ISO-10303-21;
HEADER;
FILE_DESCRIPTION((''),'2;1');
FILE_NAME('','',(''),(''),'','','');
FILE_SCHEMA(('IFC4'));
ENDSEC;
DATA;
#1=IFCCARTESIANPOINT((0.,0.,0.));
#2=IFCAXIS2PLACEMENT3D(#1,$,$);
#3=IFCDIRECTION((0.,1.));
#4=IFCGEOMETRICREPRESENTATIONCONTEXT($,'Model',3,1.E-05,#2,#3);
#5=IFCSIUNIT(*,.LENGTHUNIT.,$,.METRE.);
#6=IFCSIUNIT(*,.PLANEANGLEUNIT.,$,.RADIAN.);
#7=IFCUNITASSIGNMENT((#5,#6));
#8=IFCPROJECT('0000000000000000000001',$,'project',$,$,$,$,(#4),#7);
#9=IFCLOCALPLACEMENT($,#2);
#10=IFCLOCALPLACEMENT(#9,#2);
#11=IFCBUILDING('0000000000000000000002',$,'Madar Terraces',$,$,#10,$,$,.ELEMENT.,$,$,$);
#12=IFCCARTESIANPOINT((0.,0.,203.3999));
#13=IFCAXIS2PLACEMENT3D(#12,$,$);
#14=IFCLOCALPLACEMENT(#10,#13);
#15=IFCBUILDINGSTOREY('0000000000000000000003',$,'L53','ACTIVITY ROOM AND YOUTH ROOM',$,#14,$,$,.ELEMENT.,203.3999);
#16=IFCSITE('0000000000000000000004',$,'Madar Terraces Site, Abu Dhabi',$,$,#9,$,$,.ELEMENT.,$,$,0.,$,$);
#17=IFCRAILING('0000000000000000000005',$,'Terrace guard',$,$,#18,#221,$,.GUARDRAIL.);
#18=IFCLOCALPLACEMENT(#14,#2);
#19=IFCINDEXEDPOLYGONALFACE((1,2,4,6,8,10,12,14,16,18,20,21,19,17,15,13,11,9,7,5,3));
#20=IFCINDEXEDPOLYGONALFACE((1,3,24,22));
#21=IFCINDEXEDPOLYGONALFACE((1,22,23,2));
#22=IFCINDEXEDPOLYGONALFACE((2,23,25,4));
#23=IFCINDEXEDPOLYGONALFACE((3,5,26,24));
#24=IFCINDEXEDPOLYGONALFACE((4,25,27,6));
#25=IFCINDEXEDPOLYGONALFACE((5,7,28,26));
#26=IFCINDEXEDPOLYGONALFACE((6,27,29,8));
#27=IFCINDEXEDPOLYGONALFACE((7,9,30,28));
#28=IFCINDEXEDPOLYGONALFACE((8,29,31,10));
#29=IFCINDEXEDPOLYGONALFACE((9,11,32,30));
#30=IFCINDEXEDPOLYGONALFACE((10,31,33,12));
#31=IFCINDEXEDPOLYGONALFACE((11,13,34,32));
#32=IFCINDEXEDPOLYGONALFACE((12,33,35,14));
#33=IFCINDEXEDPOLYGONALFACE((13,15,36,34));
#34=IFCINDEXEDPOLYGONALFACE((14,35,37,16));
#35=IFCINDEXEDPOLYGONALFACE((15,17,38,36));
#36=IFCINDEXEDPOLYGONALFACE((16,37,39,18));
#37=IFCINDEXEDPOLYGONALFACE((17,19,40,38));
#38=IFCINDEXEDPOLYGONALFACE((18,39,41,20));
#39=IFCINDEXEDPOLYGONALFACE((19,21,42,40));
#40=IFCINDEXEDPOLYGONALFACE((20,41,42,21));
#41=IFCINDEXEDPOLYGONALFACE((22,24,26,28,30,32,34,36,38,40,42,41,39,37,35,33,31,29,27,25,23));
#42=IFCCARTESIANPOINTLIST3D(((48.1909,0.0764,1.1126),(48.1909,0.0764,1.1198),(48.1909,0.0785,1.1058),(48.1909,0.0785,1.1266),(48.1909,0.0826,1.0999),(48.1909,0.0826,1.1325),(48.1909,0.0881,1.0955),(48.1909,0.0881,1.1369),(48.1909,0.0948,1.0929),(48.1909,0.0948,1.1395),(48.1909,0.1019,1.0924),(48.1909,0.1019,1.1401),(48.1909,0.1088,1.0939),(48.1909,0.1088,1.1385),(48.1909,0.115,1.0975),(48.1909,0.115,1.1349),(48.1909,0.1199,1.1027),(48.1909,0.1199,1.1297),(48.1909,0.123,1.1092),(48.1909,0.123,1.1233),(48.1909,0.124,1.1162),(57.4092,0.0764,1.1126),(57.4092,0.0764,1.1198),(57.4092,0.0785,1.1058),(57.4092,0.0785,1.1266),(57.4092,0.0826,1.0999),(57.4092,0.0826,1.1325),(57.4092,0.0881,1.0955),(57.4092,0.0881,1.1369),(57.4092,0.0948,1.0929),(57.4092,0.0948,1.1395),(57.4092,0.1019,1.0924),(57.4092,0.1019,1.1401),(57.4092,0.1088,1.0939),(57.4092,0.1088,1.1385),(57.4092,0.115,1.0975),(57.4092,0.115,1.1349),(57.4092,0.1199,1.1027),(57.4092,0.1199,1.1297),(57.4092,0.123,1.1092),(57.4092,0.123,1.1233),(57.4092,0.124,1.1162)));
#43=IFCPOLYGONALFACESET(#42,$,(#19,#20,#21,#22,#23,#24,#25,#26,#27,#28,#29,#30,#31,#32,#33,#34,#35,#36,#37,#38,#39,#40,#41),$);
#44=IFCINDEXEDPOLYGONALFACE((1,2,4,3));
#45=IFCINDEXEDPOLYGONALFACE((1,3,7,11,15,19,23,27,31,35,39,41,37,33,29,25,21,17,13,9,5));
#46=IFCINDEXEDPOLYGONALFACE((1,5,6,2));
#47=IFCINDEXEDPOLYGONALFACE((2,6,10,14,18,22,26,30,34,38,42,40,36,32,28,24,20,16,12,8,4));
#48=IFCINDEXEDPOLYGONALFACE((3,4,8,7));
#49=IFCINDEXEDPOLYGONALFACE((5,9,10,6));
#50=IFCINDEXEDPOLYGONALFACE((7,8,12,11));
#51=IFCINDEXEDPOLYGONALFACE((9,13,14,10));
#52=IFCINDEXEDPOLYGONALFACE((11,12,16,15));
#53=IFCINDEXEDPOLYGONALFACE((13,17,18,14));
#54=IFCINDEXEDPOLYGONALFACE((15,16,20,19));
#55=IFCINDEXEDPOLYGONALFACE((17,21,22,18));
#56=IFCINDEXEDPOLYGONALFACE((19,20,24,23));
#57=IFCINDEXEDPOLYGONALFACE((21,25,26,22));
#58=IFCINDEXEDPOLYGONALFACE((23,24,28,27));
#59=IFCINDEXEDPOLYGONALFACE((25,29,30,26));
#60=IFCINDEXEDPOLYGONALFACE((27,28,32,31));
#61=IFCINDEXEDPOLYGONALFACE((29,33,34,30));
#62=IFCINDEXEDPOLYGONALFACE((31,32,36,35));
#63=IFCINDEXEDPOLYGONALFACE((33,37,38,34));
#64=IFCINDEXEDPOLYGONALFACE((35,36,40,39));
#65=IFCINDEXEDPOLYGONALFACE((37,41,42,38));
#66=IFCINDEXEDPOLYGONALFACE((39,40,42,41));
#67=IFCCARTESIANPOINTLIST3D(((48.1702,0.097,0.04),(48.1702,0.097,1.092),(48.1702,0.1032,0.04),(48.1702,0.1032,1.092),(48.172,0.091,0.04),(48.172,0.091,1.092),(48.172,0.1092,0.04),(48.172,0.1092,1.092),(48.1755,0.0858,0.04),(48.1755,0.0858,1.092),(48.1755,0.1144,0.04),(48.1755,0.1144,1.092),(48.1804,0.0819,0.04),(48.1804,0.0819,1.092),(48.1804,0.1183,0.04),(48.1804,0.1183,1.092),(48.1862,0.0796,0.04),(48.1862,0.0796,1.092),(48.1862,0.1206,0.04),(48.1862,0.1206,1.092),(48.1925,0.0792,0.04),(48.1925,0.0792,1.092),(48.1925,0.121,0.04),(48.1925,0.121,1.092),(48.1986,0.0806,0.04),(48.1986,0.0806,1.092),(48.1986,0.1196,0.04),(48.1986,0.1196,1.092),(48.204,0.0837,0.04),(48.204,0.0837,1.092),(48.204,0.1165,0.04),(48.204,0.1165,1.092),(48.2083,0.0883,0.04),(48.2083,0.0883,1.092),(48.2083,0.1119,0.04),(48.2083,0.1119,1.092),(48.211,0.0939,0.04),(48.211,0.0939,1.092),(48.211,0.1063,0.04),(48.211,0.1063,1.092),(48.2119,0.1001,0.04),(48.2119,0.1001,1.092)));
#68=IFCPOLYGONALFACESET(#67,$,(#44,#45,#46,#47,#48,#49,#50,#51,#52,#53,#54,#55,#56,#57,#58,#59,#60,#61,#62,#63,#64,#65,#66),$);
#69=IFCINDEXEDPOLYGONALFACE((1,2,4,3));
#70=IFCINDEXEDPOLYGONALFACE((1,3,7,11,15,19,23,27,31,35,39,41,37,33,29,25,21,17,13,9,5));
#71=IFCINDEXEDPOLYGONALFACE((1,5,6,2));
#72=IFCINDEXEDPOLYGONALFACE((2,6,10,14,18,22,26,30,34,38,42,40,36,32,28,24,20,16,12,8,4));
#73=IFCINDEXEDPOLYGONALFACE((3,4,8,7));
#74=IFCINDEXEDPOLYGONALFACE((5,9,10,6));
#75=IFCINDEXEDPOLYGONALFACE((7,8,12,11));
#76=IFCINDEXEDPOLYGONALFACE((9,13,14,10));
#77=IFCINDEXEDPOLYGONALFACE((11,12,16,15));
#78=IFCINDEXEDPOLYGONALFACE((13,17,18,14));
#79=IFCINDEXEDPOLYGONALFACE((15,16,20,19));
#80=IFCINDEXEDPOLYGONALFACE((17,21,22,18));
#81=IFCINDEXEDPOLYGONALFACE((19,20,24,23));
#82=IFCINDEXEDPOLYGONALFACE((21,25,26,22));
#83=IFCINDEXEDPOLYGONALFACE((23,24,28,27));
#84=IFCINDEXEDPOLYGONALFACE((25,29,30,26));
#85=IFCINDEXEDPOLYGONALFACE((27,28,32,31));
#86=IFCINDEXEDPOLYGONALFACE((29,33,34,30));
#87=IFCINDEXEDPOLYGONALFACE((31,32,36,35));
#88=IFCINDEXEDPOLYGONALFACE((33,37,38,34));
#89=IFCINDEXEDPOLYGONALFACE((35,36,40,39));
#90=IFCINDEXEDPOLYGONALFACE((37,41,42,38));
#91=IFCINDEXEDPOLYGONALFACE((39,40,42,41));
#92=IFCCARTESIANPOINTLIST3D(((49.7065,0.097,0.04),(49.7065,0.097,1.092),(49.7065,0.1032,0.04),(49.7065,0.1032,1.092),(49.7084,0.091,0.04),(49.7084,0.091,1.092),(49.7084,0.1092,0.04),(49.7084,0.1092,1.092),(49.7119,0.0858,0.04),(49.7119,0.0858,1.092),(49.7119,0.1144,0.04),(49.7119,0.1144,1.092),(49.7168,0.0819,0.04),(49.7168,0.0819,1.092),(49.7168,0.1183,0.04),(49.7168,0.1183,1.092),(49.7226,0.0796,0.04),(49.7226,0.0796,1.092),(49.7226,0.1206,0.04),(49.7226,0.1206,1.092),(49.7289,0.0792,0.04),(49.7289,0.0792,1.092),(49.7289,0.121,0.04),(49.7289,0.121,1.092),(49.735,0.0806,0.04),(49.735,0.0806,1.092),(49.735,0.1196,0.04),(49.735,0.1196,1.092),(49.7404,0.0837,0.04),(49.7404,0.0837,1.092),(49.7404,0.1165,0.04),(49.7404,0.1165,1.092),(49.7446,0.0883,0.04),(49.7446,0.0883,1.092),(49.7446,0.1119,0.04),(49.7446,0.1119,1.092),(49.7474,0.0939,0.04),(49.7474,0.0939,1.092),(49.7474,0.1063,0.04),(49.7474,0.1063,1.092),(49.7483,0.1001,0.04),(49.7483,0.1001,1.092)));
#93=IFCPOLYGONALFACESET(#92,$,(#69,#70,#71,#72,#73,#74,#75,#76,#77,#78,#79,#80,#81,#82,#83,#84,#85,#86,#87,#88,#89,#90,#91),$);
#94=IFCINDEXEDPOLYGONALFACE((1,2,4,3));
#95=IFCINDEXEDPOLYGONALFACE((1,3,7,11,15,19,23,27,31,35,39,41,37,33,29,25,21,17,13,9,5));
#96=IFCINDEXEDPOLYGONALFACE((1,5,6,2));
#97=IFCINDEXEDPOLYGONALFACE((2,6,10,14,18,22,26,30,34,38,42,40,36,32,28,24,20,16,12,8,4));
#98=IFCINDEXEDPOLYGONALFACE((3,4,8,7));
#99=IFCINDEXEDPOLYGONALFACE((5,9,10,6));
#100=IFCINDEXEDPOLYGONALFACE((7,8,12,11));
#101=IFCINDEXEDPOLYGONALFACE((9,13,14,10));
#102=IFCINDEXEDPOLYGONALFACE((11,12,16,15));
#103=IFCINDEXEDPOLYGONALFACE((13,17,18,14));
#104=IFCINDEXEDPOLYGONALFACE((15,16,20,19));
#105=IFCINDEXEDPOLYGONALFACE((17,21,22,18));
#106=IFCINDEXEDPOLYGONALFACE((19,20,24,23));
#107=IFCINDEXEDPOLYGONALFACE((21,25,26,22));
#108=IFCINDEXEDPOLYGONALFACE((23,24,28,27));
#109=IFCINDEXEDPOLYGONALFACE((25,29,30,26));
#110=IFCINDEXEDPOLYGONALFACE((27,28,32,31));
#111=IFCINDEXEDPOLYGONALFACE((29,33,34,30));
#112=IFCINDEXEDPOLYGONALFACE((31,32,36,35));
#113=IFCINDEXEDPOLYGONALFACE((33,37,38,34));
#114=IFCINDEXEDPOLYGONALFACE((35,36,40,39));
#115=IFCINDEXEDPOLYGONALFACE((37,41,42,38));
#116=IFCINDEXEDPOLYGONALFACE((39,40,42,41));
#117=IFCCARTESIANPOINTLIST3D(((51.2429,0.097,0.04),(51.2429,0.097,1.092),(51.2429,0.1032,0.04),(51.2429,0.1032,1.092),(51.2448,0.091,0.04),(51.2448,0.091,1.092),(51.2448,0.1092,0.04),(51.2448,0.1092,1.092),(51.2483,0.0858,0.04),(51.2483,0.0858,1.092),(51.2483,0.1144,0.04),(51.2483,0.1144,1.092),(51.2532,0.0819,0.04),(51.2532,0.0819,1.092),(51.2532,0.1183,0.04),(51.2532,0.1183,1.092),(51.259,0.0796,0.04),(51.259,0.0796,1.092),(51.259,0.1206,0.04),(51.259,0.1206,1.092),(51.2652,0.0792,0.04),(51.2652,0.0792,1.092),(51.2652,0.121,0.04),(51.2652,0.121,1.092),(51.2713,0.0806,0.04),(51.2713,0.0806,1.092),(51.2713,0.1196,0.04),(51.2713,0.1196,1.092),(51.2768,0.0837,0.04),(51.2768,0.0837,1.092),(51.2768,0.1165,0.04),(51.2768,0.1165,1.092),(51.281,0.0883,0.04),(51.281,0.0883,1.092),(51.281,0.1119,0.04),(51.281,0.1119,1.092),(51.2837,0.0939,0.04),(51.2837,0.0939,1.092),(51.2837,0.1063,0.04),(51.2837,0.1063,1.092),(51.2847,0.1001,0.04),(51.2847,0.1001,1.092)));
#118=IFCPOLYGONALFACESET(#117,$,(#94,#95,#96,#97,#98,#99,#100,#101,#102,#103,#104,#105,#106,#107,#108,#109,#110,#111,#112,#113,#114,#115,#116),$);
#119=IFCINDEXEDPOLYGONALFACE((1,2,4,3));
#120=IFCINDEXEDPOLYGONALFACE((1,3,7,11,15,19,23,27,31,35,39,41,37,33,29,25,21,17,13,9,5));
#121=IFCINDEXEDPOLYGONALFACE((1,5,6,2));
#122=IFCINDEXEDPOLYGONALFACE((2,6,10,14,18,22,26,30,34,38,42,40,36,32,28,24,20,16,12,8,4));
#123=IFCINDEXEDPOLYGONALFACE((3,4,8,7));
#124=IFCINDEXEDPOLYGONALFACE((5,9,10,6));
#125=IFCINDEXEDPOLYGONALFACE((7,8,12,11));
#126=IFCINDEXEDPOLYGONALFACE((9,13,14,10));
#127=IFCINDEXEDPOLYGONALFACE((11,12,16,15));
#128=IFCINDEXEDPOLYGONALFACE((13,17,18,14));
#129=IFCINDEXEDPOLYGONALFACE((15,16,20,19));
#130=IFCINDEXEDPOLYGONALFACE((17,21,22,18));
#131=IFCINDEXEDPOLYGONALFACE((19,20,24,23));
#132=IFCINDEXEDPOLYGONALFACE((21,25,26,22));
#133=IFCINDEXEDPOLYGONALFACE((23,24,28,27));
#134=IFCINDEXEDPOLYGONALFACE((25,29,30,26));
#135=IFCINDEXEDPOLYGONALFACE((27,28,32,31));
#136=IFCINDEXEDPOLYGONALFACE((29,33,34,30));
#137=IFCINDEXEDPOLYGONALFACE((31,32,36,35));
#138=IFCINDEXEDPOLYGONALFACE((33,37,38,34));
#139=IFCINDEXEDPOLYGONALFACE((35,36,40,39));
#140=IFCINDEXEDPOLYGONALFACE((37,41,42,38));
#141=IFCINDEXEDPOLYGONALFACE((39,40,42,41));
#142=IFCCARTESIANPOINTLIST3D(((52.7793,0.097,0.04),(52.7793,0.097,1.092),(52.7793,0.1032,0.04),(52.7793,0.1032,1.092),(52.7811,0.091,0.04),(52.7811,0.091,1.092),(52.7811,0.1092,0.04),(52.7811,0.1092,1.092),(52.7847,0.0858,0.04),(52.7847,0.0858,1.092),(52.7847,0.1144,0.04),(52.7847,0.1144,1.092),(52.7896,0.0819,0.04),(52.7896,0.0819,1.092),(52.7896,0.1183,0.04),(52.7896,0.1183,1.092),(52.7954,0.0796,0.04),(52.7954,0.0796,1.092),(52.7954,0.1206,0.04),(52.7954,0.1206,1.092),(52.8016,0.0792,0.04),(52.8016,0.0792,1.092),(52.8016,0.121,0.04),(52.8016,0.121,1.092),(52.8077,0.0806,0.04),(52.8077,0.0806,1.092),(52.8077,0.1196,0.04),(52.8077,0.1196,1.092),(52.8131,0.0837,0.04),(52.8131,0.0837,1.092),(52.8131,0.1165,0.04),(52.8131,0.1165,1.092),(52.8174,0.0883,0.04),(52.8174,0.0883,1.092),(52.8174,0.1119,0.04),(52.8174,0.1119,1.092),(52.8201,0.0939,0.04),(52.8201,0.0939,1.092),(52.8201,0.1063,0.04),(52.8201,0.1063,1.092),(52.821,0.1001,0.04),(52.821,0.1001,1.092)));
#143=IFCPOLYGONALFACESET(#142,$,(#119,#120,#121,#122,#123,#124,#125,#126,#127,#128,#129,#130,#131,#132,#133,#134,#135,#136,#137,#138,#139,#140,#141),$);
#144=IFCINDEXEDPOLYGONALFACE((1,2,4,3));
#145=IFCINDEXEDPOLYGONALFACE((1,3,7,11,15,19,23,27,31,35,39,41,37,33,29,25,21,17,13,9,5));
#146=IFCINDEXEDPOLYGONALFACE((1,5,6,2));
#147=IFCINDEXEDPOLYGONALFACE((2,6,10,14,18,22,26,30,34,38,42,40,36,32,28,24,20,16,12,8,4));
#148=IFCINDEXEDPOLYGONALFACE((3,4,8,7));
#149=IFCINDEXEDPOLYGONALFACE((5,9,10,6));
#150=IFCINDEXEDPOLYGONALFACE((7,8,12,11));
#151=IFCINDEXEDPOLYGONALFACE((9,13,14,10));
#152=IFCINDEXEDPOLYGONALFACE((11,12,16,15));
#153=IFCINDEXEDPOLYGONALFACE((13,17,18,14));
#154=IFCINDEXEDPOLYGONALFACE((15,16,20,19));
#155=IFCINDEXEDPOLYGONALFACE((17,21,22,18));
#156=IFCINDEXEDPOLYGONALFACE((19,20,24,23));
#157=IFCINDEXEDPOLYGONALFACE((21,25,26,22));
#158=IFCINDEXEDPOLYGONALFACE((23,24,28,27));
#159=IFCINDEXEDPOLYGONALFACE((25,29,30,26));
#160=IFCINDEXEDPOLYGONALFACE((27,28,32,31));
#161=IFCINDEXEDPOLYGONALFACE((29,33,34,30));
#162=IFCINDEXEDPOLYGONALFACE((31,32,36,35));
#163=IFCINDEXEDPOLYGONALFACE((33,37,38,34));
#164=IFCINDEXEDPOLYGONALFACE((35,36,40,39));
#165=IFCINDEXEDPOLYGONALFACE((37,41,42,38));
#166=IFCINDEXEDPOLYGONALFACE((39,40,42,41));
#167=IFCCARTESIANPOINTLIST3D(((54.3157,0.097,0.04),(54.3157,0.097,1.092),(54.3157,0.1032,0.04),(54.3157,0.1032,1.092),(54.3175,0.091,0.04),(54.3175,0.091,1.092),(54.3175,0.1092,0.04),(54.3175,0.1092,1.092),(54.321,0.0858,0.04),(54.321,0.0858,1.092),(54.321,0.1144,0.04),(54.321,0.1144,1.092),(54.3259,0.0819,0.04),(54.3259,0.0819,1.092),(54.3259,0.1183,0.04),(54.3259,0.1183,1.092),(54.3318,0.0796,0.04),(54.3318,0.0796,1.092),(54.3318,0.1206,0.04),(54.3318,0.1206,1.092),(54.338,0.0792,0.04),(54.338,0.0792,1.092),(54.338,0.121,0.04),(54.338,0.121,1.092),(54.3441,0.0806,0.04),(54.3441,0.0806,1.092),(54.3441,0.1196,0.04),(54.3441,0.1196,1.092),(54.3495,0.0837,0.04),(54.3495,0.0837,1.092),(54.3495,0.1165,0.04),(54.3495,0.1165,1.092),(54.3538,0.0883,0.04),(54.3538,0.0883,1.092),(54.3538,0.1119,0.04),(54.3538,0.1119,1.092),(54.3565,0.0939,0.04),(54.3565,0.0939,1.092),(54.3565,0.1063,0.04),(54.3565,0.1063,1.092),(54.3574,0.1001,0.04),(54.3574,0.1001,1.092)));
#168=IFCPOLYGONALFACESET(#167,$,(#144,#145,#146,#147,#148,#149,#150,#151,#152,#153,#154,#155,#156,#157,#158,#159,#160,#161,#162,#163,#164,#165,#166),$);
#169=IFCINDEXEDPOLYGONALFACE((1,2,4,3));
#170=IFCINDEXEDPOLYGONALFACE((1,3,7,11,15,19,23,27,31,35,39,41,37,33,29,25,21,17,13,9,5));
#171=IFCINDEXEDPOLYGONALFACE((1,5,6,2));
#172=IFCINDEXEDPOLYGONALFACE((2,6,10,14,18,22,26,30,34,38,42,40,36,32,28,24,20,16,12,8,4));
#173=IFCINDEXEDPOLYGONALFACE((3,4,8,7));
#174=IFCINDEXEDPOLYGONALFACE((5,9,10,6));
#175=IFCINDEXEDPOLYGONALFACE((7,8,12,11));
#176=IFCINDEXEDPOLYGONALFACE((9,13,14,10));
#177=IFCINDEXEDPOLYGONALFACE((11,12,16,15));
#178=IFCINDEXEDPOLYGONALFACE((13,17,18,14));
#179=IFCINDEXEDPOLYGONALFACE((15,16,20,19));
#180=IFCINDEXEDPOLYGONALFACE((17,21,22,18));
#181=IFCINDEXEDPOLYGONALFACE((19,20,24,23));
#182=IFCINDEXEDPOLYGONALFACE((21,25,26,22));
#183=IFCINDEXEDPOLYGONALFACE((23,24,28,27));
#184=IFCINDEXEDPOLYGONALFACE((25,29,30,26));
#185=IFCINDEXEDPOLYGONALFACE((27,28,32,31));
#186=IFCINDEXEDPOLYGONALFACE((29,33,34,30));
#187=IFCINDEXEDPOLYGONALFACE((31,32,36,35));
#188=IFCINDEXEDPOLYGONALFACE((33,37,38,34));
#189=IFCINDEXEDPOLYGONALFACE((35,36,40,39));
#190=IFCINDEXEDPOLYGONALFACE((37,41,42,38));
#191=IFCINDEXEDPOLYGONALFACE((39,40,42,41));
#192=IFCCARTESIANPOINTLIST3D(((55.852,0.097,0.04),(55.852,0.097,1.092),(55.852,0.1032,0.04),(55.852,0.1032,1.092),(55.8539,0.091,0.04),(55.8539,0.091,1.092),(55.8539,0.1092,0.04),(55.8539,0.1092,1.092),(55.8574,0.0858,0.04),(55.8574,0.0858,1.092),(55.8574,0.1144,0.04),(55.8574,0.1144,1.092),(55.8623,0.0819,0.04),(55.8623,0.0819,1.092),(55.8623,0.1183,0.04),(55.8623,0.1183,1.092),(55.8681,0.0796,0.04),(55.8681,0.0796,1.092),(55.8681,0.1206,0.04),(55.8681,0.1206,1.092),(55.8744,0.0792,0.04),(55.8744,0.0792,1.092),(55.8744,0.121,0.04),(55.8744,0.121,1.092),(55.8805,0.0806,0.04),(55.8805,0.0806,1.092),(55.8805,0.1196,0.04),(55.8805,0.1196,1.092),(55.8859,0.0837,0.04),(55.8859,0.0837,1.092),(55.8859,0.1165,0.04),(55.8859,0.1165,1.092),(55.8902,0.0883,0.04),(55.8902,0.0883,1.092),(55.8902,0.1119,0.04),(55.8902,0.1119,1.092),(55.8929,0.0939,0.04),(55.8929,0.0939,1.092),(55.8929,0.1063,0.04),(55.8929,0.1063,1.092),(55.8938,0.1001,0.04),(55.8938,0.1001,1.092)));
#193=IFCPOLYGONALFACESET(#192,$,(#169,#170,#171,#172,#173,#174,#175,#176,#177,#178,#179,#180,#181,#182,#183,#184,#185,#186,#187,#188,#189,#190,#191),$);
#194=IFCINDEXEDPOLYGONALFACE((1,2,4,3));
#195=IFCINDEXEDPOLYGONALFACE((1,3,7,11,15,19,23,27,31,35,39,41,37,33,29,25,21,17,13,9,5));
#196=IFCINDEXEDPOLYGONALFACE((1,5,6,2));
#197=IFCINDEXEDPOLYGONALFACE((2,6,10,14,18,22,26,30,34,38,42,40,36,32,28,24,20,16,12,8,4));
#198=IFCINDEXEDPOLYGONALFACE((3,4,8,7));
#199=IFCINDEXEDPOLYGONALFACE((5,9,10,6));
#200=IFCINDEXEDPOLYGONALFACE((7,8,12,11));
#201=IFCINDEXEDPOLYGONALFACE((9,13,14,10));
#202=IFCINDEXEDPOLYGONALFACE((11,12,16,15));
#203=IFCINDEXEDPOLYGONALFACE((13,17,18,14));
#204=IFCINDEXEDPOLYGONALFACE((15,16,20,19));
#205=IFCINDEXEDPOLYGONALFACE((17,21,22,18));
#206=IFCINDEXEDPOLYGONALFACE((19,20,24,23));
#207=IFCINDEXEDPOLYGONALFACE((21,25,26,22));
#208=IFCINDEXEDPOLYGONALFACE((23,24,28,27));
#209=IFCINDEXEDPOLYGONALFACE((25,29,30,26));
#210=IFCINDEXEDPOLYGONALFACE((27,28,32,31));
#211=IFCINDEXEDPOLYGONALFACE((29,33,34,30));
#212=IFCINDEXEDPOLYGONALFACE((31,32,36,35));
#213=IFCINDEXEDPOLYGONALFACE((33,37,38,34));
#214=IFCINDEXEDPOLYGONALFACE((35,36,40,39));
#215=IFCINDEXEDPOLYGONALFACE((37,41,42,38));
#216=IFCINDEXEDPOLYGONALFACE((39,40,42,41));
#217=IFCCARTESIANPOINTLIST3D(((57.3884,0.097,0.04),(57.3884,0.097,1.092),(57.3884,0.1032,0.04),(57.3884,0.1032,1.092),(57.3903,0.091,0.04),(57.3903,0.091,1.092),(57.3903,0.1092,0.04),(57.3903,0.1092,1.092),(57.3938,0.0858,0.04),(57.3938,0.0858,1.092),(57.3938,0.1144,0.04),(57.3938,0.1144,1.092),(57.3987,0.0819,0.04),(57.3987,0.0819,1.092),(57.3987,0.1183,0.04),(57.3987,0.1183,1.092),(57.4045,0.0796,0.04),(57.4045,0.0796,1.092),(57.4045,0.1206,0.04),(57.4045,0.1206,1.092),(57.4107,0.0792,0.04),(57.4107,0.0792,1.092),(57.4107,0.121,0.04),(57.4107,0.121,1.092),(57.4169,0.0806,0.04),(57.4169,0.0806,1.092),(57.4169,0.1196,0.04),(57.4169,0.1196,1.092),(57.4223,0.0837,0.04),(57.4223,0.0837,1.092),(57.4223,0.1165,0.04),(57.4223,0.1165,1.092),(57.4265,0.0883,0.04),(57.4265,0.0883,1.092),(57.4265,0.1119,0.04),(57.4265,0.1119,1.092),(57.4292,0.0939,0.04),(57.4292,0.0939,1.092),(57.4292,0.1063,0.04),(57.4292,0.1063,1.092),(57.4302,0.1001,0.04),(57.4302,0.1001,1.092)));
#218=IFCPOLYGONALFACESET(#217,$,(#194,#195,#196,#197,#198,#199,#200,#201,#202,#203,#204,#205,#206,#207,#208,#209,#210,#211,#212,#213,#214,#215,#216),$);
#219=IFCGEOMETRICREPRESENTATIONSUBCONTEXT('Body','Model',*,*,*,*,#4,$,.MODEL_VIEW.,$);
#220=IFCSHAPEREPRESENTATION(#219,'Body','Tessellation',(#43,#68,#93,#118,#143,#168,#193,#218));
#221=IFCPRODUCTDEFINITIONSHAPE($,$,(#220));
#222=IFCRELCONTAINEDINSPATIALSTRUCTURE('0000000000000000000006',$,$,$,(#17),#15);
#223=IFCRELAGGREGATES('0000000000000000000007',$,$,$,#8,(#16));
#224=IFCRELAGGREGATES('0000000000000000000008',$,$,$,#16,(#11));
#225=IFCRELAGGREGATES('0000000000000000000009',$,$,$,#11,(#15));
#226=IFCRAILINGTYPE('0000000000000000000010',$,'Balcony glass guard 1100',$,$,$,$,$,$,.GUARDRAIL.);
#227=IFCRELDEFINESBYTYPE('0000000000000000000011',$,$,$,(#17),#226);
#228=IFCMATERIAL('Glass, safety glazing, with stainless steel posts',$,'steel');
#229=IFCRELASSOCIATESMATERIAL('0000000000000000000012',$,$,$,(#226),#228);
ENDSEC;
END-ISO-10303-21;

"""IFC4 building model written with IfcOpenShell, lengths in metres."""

from ifc_helpers import new_model, si_unit, direction, frame, origin, origin_2d, place, context, subcontext, project, spatial, circle, extrude, material, type_object, element, save


model = new_model("IFC4")

# Units and contexts
model_context = context("Model", 3, precision=1e-05, world=origin(), true_north=direction((0.0, 1.0)))
body_context = subcontext(model_context, "Body", "Model", "MODEL_VIEW")
ifc_project = project(units=[si_unit("LENGTHUNIT", "METRE"), si_unit("PLANEANGLEUNIT", "RADIAN")], contexts=[model_context])

# Site, building, storey
site_placement = place(None, origin())
site = spatial("IfcSite", under=ifc_project, at=site_placement, Name="Madar Terraces Site, Abu Dhabi", CompositionType="ELEMENT", RefElevation=0.0)
building_placement = place(site_placement, origin())
building = spatial("IfcBuilding", under=site, at=building_placement, Name="Madar Terraces", CompositionType="ELEMENT")
storey_placement = place(building_placement, frame((0.0, 0.0, 203.3999)))
storey = spatial("IfcBuildingStorey", under=building, at=storey_placement, Name="L53", Description="ACTIVITY ROOM AND YOUTH ROOM", CompositionType="ELEMENT", Elevation=203.3999)

# Railing
ifc_material_1 = material(Name="Glass, safety glazing, with stainless steel posts", Category="steel")
railing_type = type_object("IfcRailingType", Name="Balcony glass guard 1100", PredefinedType="GUARDRAIL", material=ifc_material_1)
railing_1_placement = place(storey_placement, frame((48.1909, 0.1001, 0.04)))
element("IfcRailing", 1, at=railing_1_placement, inside=storey, type_object=railing_type, Name="Terrace guard", PredefinedType="GUARDRAIL", context=body_context, shape_type="SweptSolid", body=[
    extrude(circle(Radius=0.0239, at=origin_2d()), frame((0.0, 0.0, 1.0762), z_axis=(1.0, 0.0, 0.0), x_axis=(0.0, 1.0, 0.0)), (0.0, 0.0, 1.0), 9.2183),
    extrude(circle(Radius=0.021, at=origin_2d()), origin(), (0.0, 0.0, 1.0), 1.052),
    extrude(circle(Radius=0.021, at=origin_2d()), frame((1.5364, 0.0, 0.0)), (0.0, 0.0, 1.0), 1.052),
    extrude(circle(Radius=0.021, at=origin_2d()), frame((3.0728, 0.0, 0.0)), (0.0, 0.0, 1.0), 1.052),
    extrude(circle(Radius=0.021, at=origin_2d()), frame((4.6091, 0.0, 0.0)), (0.0, 0.0, 1.0), 1.052),
    extrude(circle(Radius=0.021, at=origin_2d()), frame((6.1455, 0.0, 0.0)), (0.0, 0.0, 1.0), 1.052),
    extrude(circle(Radius=0.021, at=origin_2d()), frame((7.6819, 0.0, 0.0)), (0.0, 0.0, 1.0), 1.052),
    extrude(circle(Radius=0.021, at=origin_2d()), frame((9.2183, 0.0, 0.0)), (0.0, 0.0, 1.0), 1.052),
])

save(model, "model.ifc")
